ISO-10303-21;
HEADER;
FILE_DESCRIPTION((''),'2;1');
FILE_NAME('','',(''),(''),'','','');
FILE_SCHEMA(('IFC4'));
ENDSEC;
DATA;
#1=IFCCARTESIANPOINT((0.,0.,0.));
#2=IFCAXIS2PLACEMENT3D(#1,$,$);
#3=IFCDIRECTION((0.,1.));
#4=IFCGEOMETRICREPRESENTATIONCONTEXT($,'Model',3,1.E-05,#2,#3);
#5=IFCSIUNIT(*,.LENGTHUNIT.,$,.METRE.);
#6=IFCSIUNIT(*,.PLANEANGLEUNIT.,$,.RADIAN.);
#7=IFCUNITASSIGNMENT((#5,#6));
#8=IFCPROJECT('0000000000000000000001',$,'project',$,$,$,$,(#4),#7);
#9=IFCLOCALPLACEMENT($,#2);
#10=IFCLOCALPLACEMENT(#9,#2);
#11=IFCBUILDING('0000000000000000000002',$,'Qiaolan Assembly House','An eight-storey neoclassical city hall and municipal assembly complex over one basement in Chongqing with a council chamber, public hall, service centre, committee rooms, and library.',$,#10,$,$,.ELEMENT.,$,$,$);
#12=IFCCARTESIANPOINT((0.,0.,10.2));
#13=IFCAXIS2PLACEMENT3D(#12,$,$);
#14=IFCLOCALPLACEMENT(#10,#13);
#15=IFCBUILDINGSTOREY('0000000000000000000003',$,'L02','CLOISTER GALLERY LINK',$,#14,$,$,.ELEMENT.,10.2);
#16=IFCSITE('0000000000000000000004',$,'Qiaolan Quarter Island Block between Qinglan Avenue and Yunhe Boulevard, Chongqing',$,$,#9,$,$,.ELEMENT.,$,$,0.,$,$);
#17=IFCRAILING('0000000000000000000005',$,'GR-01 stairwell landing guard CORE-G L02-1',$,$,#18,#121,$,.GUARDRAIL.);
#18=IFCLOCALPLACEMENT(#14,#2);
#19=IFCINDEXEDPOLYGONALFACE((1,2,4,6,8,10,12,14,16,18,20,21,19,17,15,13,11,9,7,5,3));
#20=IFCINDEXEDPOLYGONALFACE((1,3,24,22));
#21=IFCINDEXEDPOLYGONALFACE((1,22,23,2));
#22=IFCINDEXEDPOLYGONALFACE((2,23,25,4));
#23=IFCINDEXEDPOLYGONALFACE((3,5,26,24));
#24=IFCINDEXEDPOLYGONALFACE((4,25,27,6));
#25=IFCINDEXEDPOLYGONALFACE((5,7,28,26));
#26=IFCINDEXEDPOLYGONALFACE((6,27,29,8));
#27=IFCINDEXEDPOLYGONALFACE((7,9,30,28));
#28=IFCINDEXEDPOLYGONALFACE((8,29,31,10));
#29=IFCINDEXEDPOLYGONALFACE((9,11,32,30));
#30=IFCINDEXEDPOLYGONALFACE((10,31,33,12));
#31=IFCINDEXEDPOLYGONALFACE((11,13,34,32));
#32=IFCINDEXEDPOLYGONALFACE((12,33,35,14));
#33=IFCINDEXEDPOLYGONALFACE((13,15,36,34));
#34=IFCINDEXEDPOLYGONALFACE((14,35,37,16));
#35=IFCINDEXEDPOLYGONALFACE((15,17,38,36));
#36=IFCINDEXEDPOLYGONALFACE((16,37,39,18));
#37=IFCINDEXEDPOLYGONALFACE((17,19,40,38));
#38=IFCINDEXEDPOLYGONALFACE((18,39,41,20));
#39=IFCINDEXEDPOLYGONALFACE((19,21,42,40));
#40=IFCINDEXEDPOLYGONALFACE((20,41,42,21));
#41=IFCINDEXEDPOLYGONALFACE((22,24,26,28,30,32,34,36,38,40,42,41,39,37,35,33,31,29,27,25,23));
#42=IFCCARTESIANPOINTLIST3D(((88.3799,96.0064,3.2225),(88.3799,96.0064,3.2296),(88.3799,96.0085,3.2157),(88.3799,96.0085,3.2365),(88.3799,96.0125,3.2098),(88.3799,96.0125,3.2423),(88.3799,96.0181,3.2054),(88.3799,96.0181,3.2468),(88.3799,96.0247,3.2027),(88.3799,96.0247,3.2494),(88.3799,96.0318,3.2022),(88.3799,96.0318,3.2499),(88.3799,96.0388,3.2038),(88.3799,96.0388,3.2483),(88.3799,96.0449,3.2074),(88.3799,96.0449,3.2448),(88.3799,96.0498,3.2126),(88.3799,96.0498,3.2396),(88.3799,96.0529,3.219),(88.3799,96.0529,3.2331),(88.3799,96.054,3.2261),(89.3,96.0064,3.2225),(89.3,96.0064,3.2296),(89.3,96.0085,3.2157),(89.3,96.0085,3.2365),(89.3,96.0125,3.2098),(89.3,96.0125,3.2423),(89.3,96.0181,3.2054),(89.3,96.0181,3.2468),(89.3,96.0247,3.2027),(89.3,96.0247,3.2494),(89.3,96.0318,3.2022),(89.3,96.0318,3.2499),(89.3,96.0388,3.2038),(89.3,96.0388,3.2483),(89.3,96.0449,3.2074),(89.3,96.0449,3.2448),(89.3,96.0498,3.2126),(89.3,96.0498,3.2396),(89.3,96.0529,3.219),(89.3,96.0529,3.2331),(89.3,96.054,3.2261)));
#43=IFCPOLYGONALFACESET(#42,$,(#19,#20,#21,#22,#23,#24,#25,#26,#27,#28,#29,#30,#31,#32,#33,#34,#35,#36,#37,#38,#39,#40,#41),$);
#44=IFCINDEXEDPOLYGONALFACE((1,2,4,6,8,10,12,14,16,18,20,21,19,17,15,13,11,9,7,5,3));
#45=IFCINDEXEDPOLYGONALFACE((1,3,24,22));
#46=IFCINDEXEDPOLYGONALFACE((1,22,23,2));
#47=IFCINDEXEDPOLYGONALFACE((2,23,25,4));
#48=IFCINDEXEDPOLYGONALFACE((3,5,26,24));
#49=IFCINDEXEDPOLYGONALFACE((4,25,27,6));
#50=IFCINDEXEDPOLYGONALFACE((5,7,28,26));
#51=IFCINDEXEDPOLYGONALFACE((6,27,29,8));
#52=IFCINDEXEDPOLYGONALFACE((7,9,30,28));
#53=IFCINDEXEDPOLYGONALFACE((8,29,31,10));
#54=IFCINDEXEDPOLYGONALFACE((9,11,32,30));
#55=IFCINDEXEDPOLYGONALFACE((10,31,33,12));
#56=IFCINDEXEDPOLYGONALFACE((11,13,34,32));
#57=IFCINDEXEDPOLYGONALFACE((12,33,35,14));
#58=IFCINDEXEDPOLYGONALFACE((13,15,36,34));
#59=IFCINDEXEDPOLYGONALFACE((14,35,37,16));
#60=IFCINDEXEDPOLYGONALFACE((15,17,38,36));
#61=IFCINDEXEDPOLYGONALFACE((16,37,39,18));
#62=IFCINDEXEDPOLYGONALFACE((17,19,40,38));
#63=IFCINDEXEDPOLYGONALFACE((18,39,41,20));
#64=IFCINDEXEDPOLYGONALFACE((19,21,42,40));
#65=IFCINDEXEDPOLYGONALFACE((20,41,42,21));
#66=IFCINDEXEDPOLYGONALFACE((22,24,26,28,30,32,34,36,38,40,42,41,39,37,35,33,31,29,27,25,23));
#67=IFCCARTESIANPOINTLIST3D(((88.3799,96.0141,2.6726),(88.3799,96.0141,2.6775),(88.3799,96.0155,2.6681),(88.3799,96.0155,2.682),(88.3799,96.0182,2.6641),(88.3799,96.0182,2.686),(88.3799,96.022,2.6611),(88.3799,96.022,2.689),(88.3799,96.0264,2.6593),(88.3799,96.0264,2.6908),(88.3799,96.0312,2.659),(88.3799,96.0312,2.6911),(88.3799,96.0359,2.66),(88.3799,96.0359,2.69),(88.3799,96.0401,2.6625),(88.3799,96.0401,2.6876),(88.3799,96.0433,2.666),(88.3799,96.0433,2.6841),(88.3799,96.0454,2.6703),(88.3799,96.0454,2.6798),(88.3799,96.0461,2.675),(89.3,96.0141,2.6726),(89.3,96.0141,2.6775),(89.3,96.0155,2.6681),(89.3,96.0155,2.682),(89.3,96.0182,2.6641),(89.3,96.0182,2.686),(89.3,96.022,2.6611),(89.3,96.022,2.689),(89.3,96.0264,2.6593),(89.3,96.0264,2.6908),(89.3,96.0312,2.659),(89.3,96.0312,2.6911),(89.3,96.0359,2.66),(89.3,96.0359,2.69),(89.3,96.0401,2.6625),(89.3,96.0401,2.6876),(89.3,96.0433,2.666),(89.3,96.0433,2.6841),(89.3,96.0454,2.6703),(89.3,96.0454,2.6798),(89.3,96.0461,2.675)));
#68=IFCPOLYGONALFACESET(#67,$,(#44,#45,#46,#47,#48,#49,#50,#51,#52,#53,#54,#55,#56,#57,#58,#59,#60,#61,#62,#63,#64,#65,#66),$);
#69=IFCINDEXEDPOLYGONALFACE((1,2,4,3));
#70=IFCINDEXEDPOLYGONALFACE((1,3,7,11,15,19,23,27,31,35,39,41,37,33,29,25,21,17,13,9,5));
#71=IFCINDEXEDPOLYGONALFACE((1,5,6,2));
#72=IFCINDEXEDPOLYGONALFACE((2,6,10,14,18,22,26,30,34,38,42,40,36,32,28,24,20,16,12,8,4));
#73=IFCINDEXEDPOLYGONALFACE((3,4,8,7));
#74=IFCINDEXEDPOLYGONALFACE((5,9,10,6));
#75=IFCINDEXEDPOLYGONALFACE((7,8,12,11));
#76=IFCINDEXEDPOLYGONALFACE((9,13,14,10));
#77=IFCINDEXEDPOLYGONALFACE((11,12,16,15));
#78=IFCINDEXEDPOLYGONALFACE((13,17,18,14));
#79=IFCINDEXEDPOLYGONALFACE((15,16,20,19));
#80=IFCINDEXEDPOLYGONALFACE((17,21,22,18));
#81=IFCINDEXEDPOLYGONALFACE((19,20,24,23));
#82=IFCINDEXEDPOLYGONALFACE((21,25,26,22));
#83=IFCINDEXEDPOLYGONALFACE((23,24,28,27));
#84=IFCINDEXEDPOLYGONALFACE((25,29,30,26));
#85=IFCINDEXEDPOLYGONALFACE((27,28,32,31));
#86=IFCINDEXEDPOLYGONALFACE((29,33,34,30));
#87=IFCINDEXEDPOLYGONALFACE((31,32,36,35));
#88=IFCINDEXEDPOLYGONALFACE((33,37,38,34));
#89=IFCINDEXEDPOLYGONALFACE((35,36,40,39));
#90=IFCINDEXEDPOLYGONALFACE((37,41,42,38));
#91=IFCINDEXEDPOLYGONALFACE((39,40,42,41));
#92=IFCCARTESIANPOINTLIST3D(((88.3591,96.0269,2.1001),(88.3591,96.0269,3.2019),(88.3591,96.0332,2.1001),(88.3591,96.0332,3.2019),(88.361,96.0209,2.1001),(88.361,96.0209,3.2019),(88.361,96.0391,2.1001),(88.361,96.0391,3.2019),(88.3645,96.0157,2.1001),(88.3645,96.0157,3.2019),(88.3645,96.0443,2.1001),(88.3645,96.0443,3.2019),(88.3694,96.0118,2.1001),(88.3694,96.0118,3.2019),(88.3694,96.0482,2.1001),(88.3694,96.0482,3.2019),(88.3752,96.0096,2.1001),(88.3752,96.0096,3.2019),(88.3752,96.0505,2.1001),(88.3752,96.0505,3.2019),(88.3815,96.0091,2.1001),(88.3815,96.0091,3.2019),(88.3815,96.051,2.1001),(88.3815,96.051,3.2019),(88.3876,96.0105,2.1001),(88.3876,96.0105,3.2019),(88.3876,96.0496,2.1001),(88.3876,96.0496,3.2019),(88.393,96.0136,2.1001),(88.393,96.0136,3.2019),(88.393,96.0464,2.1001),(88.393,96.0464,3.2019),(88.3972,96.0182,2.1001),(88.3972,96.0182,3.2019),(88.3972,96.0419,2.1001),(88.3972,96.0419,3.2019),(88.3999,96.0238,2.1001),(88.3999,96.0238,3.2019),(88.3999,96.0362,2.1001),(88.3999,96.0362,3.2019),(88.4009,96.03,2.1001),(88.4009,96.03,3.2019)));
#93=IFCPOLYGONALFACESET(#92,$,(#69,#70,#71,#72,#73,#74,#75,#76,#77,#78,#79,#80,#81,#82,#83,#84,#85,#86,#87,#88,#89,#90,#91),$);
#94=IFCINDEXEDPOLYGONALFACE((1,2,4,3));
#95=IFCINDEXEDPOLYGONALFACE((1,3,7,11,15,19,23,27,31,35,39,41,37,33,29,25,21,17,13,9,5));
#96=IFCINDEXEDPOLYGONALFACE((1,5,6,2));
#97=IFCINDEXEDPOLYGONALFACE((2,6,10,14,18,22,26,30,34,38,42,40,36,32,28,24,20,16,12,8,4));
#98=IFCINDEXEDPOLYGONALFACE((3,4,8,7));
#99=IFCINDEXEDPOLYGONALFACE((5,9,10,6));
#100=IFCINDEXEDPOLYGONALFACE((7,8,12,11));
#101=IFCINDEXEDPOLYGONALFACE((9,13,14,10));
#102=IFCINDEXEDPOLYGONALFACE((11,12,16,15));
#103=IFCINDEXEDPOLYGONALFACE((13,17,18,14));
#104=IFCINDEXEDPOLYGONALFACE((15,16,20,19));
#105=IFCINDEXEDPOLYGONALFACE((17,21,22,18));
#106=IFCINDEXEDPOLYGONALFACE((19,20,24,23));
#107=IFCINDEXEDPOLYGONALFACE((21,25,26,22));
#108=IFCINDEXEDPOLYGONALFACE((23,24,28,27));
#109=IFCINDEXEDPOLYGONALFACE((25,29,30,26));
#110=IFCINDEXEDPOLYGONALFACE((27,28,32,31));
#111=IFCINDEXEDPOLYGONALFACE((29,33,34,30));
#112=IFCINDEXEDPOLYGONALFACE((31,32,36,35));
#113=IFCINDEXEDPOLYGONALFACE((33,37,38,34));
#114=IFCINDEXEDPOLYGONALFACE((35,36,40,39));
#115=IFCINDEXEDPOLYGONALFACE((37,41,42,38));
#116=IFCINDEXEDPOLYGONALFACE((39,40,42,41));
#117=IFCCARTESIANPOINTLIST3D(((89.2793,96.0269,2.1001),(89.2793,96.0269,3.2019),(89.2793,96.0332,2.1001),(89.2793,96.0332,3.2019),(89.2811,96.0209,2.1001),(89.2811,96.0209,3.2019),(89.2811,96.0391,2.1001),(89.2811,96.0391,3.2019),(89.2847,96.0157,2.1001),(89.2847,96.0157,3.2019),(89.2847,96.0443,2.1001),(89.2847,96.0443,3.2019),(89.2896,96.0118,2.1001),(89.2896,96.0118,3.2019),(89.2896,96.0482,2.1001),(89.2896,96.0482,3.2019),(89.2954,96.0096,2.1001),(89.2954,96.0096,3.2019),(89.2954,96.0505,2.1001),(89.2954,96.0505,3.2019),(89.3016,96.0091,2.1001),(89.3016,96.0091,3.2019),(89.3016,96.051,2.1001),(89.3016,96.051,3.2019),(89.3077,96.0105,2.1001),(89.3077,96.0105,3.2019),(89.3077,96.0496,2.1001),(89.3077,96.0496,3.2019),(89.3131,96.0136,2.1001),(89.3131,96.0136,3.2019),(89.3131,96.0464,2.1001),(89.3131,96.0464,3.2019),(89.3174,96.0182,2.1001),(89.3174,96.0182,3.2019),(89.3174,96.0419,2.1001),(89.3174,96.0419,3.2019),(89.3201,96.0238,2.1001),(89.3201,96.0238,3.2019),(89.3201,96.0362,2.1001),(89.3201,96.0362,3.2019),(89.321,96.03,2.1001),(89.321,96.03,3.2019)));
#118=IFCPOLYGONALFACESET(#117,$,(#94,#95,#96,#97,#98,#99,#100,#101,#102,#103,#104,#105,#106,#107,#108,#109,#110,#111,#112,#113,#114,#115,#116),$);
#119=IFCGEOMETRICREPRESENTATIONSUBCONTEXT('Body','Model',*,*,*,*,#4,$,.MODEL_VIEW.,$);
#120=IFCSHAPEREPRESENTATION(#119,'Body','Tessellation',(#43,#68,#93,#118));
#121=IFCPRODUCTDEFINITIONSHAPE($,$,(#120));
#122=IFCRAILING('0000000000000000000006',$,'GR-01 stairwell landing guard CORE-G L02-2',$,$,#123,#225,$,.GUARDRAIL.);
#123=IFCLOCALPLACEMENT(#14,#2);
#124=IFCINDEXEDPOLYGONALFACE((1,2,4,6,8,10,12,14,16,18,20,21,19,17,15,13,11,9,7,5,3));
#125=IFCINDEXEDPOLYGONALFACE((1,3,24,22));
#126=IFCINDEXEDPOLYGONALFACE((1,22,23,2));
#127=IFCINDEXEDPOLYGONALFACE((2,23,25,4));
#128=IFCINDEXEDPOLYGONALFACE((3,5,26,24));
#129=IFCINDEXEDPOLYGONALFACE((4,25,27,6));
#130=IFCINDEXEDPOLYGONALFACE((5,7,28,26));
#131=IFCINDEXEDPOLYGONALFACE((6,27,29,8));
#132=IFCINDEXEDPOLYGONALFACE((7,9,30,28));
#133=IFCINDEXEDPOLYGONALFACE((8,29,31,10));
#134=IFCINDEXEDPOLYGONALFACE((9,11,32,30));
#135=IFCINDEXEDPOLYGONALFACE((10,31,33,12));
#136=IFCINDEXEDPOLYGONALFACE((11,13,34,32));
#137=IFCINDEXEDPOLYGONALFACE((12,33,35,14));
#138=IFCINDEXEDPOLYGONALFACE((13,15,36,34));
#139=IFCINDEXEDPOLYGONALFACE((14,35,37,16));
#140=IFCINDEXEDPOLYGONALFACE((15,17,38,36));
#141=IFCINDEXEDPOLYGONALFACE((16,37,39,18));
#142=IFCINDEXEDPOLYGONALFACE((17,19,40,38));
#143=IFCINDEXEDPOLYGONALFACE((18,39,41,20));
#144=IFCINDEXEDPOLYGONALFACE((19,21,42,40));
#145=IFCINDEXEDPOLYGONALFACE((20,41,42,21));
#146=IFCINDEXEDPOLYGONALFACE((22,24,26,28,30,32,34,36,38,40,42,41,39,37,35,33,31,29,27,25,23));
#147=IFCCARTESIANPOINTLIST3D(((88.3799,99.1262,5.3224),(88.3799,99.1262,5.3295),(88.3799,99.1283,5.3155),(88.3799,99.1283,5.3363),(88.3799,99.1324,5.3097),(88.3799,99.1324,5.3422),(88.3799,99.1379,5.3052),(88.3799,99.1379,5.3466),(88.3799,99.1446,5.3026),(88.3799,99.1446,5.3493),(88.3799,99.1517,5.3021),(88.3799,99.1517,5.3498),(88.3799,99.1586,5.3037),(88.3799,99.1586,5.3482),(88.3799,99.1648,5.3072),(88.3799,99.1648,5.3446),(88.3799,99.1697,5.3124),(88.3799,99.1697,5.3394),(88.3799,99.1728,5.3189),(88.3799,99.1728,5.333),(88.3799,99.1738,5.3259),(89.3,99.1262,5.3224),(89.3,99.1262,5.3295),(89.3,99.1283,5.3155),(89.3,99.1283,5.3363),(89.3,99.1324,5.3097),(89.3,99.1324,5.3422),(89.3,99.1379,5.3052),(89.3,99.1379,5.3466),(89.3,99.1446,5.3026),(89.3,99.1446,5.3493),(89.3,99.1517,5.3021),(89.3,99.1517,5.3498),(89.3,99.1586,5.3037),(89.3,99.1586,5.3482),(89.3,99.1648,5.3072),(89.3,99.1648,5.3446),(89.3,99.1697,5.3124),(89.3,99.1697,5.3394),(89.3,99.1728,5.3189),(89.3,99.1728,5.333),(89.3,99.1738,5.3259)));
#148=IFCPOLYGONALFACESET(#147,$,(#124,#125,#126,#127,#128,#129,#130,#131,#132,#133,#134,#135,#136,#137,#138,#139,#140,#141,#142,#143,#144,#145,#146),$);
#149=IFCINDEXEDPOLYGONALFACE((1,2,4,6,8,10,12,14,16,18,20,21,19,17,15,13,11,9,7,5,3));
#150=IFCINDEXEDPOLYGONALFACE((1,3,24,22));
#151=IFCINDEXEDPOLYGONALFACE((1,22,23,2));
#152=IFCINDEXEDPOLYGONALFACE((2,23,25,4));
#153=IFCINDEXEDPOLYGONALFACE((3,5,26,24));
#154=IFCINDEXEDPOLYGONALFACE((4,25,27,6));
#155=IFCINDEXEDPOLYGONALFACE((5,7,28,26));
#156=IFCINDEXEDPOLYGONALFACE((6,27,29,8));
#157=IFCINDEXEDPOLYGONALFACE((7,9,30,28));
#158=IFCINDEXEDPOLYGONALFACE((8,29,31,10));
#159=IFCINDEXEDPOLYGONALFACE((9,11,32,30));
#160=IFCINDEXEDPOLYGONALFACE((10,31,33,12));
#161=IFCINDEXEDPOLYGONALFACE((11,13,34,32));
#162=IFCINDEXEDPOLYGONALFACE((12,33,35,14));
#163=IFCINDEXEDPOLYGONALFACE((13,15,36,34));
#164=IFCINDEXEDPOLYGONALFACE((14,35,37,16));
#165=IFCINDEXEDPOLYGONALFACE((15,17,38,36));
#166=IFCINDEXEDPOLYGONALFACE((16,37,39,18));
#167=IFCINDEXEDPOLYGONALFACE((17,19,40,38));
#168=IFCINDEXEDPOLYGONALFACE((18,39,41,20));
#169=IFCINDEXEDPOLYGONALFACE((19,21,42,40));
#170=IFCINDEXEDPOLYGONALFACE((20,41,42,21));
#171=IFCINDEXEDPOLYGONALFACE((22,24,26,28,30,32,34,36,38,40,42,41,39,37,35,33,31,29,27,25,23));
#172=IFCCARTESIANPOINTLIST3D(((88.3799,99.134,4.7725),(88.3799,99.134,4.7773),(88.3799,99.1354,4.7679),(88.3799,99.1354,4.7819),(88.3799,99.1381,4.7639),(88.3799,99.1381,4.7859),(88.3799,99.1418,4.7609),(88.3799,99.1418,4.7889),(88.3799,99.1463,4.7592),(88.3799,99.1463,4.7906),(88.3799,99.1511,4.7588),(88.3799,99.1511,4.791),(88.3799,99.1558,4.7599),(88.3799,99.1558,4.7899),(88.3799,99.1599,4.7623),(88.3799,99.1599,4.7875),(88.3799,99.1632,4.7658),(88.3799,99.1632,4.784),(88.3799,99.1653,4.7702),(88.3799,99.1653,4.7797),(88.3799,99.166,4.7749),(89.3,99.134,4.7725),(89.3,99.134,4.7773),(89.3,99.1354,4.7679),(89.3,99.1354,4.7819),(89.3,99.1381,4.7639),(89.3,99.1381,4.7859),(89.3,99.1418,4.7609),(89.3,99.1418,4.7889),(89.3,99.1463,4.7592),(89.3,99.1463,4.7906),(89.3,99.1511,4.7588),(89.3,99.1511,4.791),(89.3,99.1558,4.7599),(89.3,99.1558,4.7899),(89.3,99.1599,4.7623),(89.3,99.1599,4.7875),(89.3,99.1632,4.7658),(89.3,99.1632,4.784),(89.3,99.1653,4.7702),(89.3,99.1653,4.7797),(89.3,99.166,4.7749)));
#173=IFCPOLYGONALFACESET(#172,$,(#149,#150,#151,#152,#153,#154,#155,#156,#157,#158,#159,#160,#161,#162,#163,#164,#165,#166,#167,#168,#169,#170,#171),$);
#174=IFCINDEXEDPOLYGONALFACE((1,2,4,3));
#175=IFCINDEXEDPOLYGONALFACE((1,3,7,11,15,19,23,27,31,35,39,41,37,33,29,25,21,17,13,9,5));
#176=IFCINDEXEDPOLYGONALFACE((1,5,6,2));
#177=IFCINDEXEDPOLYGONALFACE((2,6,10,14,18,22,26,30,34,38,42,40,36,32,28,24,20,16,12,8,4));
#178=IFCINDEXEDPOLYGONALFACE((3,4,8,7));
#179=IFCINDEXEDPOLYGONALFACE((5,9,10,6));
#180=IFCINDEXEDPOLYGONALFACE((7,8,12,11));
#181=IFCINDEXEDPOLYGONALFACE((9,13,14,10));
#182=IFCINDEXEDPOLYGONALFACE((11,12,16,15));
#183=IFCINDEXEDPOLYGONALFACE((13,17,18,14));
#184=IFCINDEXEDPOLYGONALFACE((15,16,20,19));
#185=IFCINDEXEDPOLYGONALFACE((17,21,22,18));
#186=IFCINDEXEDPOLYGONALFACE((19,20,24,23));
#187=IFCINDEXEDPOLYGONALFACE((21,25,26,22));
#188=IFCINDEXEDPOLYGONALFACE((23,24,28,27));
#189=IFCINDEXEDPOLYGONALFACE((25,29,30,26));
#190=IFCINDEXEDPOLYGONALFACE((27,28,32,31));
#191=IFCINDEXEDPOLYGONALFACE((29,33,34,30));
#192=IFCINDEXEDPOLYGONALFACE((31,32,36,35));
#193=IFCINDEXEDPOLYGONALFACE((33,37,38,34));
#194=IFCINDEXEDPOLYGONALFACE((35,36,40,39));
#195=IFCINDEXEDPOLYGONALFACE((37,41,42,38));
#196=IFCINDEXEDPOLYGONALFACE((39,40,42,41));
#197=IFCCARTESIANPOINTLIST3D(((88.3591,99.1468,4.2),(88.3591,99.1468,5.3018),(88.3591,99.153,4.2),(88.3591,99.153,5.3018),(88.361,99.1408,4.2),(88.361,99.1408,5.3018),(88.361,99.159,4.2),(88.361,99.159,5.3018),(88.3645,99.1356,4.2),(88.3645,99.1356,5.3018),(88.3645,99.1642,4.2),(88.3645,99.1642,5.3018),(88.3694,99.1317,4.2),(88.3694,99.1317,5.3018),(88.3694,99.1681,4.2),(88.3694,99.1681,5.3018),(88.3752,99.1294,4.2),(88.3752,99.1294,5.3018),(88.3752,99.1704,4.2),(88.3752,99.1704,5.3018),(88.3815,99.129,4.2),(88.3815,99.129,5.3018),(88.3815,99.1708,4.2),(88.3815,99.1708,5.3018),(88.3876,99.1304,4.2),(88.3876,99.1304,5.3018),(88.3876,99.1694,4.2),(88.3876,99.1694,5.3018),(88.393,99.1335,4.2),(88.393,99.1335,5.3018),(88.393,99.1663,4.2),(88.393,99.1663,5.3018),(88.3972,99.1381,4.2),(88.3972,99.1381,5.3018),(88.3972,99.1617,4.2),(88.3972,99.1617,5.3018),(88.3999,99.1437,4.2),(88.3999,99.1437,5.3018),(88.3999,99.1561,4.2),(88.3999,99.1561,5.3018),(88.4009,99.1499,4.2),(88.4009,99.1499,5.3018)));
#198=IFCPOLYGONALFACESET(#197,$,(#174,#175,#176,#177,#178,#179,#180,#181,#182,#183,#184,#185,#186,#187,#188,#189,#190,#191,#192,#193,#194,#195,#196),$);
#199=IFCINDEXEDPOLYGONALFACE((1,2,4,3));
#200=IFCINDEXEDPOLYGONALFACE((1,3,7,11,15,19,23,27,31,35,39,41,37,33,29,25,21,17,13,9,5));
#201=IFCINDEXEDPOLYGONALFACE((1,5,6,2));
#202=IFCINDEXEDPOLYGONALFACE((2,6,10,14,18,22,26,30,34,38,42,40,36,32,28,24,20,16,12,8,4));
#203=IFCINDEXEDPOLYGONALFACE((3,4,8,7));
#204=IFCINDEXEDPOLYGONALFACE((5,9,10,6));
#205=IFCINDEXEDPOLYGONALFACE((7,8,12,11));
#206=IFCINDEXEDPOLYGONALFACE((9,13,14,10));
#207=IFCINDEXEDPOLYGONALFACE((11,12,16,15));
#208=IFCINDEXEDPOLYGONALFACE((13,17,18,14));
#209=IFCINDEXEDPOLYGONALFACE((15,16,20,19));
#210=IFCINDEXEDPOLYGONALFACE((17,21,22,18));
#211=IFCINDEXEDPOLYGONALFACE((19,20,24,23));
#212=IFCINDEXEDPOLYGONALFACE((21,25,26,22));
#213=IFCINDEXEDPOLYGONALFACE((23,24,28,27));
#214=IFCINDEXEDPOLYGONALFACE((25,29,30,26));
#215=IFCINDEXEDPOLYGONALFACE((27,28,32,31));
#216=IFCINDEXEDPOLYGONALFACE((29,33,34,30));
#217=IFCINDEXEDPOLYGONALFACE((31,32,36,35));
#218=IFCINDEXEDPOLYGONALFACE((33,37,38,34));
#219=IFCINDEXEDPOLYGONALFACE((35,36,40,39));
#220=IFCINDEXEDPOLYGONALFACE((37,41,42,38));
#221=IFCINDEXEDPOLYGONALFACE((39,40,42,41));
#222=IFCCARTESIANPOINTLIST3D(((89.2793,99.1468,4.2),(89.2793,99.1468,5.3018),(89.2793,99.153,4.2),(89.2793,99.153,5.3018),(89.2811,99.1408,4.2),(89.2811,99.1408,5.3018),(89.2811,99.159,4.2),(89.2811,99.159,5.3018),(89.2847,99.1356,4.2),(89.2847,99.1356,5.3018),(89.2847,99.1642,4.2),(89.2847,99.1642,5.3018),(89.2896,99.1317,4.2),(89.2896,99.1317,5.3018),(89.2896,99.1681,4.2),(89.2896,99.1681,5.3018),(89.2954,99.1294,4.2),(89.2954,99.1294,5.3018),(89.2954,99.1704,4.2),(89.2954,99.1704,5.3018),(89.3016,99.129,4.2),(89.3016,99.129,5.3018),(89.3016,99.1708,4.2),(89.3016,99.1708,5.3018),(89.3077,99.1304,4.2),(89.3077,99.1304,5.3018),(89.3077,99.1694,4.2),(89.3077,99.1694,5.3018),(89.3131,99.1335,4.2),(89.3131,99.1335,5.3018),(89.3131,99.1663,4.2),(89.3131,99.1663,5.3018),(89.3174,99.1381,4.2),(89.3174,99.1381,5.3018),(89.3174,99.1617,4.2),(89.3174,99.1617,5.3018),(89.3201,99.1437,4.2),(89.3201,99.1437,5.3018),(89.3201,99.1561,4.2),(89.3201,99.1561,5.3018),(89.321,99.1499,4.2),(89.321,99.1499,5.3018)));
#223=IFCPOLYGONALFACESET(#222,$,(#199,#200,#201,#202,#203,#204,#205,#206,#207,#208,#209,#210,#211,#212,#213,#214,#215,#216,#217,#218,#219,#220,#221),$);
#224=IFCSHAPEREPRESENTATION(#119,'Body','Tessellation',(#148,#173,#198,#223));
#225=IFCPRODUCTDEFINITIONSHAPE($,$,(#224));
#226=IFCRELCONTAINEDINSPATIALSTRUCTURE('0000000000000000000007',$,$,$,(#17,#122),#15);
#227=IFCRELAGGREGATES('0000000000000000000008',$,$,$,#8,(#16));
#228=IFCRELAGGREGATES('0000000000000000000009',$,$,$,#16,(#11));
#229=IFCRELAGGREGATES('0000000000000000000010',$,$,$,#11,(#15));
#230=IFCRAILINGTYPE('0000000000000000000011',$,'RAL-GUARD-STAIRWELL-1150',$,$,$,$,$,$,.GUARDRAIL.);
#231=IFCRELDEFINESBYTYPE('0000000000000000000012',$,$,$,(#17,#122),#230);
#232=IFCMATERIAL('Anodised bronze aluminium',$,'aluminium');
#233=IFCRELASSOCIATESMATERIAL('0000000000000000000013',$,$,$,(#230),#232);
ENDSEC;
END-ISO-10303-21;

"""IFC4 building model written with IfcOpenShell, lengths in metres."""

from ifc_helpers import new_model, si_unit, direction, frame, origin, origin_2d, place, context, subcontext, project, spatial, circle, extrude, material, type_object, element, save


model = new_model("IFC4")

# Units and contexts
model_context = context("Model", 3, precision=1e-05, world=origin(), true_north=direction((0.0, 1.0)))
body_context = subcontext(model_context, "Body", "Model", "MODEL_VIEW")
ifc_project = project(units=[si_unit("LENGTHUNIT", "METRE"), si_unit("PLANEANGLEUNIT", "RADIAN")], contexts=[model_context])

# Site, building, storey
site_placement = place(None, origin())
site = spatial("IfcSite", under=ifc_project, at=site_placement, Name="Qiaolan Quarter Island Block between Qinglan Avenue and Yunhe Boulevard, Chongqing", CompositionType="ELEMENT", RefElevation=0.0)
building_placement = place(site_placement, origin())
building = spatial("IfcBuilding", under=site, at=building_placement, Name="Qiaolan Assembly House", Description="An eight-storey neoclassical city hall and municipal assembly complex over one basement in Chongqing with a council chamber, public hall, service centre, committee rooms, and library.", CompositionType="ELEMENT")
storey_placement = place(building_placement, frame((0.0, 0.0, 10.2)))
storey = spatial("IfcBuildingStorey", under=building, at=storey_placement, Name="L02", Description="CLOISTER GALLERY LINK", CompositionType="ELEMENT", Elevation=10.2)

# Railings
ifc_material_1 = material(Name="Anodised bronze aluminium", Category="aluminium")
railing_type_1 = type_object("IfcRailingType", Name="RAL-GUARD-STAIRWELL-1150", PredefinedType="GUARDRAIL", material=ifc_material_1)
for number, where, name in (
    (1, (88.3799, 96.03, 2.1001), "GR-01 stairwell landing guard CORE-G L02-1"),
    (2, (88.3799, 99.1499, 4.2), "GR-01 stairwell landing guard CORE-G L02-2"),
):
    element("IfcRailing", number, at=place(storey_placement, frame(where)), inside=storey, type_object=railing_type_1, Name=name, PredefinedType="GUARDRAIL", context=body_context, shape_type="SweptSolid", body=[
        extrude(circle(Radius=0.0239, at=origin_2d()), frame((0.0, 0.0, 1.126), z_axis=(1.0, 0.0, 0.0), x_axis=(0.0, 1.0, 0.0)), (0.0, 0.0, 1.0), 0.9202),
        extrude(circle(Radius=0.0161, at=origin_2d()), frame((0.0, 0.0, 0.575), z_axis=(1.0, 0.0, 0.0), x_axis=(0.0, 1.0, 0.0)), (0.0, 0.0, 1.0), 0.9202),
        extrude(circle(Radius=0.021, at=origin_2d()), origin(), (0.0, 0.0, 1.0), 1.1018),
        extrude(circle(Radius=0.021, at=origin_2d()), frame((0.9202, 0.0, 0.0)), (0.0, 0.0, 1.0), 1.1018),
    ])

save(model, "model.ifc")
